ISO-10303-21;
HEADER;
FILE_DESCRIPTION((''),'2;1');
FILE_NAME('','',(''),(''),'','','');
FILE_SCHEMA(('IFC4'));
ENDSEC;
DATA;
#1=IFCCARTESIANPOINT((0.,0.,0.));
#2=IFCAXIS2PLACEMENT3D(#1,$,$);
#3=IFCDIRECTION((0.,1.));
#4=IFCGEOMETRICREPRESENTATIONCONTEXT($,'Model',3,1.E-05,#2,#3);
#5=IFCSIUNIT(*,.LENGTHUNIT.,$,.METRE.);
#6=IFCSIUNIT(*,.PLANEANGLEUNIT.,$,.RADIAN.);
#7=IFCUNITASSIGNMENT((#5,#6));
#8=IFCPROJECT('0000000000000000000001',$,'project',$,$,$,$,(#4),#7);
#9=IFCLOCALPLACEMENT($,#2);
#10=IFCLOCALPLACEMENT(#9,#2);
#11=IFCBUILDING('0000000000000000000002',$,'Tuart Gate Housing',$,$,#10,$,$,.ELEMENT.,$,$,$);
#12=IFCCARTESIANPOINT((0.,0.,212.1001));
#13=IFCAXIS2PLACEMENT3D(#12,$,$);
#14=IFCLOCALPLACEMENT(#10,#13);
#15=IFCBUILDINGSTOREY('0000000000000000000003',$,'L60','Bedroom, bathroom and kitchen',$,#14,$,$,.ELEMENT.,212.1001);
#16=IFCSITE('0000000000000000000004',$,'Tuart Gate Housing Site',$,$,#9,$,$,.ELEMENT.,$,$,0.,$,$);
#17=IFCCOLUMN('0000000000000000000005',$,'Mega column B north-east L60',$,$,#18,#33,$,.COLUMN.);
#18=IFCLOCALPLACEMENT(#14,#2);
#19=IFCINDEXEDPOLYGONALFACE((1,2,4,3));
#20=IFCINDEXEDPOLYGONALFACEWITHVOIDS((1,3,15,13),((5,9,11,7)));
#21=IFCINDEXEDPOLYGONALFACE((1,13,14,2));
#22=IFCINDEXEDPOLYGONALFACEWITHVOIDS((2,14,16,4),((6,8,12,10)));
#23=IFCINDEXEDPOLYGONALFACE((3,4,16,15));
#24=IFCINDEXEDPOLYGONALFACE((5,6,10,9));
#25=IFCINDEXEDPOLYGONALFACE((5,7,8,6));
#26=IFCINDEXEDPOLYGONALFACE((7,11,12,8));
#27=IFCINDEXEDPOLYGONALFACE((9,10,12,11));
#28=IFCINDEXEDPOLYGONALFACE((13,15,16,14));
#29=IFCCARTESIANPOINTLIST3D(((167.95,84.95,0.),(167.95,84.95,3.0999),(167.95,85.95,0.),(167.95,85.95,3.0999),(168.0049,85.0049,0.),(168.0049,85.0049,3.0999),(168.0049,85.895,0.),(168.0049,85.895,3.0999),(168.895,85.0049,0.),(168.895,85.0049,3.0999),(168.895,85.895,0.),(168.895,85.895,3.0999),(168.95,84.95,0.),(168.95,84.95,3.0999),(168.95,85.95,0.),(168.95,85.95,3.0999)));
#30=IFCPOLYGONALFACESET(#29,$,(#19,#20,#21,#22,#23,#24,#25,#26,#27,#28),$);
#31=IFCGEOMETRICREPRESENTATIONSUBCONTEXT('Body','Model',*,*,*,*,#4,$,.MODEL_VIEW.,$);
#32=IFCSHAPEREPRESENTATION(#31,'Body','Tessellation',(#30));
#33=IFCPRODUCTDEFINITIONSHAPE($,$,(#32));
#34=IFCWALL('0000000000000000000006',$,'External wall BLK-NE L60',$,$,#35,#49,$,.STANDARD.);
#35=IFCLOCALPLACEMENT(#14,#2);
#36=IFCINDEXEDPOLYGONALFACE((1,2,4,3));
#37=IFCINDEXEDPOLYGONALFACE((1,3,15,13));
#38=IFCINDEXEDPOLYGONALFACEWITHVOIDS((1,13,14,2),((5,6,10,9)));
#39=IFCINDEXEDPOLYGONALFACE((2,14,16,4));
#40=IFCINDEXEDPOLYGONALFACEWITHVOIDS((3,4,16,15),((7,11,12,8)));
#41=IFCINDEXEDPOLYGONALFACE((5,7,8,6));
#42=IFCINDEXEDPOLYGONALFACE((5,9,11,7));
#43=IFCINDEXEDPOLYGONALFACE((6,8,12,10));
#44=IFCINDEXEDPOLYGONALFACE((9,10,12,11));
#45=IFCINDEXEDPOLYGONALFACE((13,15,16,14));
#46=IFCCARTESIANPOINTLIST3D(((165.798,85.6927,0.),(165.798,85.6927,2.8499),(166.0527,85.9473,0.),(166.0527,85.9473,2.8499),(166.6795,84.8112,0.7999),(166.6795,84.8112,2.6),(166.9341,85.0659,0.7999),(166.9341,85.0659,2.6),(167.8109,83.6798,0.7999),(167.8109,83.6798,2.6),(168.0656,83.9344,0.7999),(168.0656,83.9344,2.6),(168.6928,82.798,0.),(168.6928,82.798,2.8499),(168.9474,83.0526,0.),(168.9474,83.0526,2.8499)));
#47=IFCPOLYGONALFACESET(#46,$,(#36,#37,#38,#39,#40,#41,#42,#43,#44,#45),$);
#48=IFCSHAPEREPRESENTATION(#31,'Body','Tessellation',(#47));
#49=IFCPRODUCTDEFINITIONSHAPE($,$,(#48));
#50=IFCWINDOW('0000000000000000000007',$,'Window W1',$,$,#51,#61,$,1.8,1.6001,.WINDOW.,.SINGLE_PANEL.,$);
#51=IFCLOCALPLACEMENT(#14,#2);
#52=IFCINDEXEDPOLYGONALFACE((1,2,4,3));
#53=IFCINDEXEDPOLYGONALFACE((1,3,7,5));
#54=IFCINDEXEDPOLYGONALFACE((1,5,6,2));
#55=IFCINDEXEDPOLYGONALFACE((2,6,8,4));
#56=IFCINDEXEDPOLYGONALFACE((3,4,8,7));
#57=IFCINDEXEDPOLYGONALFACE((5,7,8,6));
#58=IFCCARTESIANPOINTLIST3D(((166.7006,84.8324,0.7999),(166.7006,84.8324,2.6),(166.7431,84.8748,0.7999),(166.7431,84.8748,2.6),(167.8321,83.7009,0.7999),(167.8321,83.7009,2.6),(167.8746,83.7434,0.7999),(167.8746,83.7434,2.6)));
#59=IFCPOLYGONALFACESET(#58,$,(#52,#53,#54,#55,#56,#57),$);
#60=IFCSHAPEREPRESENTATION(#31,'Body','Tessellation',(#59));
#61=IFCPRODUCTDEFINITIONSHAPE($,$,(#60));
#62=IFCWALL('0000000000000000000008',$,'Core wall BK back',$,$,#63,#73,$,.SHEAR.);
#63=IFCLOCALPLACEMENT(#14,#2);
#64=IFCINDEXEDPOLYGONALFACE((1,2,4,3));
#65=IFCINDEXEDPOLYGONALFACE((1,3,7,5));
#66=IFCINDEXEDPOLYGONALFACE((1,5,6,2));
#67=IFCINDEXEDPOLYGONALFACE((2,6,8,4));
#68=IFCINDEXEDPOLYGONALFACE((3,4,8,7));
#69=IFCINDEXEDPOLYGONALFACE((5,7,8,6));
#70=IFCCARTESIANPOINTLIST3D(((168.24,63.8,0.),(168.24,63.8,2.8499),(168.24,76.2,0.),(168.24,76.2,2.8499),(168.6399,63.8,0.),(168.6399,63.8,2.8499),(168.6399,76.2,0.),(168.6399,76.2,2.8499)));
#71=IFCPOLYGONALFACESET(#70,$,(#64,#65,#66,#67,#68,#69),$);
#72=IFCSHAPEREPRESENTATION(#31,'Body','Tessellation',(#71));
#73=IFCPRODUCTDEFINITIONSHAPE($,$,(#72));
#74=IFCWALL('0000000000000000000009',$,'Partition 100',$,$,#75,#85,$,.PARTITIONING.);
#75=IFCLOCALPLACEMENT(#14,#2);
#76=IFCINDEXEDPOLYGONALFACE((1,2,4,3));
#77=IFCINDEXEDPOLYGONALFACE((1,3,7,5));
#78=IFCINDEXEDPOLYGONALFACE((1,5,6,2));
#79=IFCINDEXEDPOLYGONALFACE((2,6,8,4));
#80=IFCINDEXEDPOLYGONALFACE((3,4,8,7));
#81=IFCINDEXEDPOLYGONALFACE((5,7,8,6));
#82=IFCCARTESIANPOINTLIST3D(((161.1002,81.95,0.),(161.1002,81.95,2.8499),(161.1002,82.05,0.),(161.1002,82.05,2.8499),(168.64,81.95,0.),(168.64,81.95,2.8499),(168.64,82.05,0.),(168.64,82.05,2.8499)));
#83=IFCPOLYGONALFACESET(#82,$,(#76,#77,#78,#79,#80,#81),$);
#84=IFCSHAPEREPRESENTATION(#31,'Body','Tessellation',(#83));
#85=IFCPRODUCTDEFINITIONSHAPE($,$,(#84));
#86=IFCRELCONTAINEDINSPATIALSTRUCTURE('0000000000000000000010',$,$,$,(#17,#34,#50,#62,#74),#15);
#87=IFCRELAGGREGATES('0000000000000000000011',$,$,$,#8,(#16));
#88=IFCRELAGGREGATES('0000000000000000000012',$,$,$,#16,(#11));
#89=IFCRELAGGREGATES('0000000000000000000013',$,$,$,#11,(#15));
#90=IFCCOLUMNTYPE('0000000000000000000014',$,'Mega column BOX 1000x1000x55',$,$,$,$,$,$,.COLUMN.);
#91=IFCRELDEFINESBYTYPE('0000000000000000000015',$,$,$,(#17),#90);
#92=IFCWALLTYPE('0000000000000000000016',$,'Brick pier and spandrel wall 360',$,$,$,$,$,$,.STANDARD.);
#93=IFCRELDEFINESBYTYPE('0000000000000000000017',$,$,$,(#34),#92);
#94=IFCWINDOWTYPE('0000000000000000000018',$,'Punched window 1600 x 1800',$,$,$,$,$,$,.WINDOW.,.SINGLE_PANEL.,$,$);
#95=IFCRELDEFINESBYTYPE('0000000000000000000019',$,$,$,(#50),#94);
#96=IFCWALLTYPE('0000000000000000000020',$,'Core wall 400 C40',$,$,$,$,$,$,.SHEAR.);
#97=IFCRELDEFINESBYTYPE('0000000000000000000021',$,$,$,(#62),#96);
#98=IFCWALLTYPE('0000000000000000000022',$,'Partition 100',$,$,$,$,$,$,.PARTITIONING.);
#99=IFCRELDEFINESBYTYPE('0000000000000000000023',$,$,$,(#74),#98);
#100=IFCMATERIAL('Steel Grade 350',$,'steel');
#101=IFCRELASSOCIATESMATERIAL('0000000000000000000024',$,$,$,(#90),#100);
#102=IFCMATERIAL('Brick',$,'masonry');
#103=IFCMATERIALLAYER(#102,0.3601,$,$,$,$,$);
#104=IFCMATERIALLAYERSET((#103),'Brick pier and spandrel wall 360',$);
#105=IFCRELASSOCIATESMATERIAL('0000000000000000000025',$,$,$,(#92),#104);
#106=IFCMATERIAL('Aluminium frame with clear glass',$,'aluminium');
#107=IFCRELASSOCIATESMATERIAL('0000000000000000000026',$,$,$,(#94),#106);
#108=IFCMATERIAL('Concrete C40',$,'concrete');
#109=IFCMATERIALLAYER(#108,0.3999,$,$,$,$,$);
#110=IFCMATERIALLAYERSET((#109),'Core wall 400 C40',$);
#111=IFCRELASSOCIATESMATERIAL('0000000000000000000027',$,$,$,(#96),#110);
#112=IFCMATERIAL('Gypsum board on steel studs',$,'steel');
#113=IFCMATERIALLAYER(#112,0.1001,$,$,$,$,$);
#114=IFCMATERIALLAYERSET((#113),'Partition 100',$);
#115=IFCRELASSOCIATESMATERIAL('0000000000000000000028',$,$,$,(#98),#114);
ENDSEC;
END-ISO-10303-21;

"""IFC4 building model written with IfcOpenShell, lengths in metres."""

from ifc_helpers import new_model, si_unit, direction, frame, frame_2d, origin, origin_2d, place, context, subcontext, project, spatial, rectangle, hollow_rectangle, extrude, material, layer, layer_set, material_profile, profile_set, type_object, element, fill, save


model = new_model("IFC4")

# Units and contexts
model_context = context("Model", 3, precision=1e-05, world=origin(), true_north=direction((0.0, 1.0)))
body_context = subcontext(model_context, "Body", "Model", "MODEL_VIEW")
ifc_project = project(units=[si_unit("LENGTHUNIT", "METRE"), si_unit("PLANEANGLEUNIT", "RADIAN")], contexts=[model_context])

# Site, building, storey
site_placement = place(None, origin())
site = spatial("IfcSite", under=ifc_project, at=site_placement, Name="Tuart Gate Housing Site", CompositionType="ELEMENT", RefElevation=0.0)
building_placement = place(site_placement, origin())
building = spatial("IfcBuilding", under=site, at=building_placement, Name="Tuart Gate Housing", CompositionType="ELEMENT")
storey_placement = place(building_placement, frame((0.0, 0.0, 212.1001)))
storey = spatial("IfcBuildingStorey", under=building, at=storey_placement, Name="L60", Description="Bedroom, bathroom and kitchen", CompositionType="ELEMENT", Elevation=212.1001)

# Column
ifc_material_1 = material(Name="Steel Grade 350", Category="steel")
ifc_material_profile = material_profile(ifc_material_1, hollow_rectangle(XDim=1.0, YDim=1.0, WallThickness=0.0549, at=origin_2d()), Name="BOX 1000x1000x55")
ifc_profile_set = profile_set([ifc_material_profile], Name="Steel Grade 350")
column_type = type_object("IfcColumnType", Name="Mega column BOX 1000x1000x55", PredefinedType="COLUMN", material=ifc_profile_set)
column_placement = place(storey_placement, frame((168.45, 85.45, 0.0), z_axis=(0.0, 0.0, 1.0), x_axis=(1.0, 0.0, 0.0)))
element("IfcColumn", 1, at=column_placement, inside=storey, type_object=column_type, Name="Mega column B north-east L60", PredefinedType="COLUMN", context=body_context, shape_type="SweptSolid", body=[
    extrude(hollow_rectangle(XDim=1.0, YDim=1.0, WallThickness=0.0549, at=origin_2d()), origin(), (0.0, 0.0, 1.0), 3.0999),
])

# Wall, opening, window
ifc_material_2 = material(Name="Brick", Category="masonry")
ifc_layer_1 = layer(ifc_material_2, 0.3601)
ifc_layer_set_1 = layer_set([ifc_layer_1], Name="Brick pier and spandrel wall 360")
wall_type_1 = type_object("IfcWallType", Name="Brick pier and spandrel wall 360", PredefinedType="STANDARD", material=ifc_layer_set_1)
wall_1_placement = place(storey_placement, frame((168.8201, 82.9253, 0.0), z_axis=(0.0, 0.0, 1.0), x_axis=(-0.707107, 0.707107, 0.0)))
wall_1 = element("IfcWall", 2, at=wall_1_placement, inside=storey, type_object=wall_type_1, Name="External wall BLK-NE L60", PredefinedType="STANDARD", context=body_context, shape_type="SweptSolid", body=[
    extrude(rectangle(XDim=4.0938, YDim=0.3601, at=frame_2d((2.0469, 0.0))), origin(), (0.0, 0.0, 1.0), 2.8499),
])
opening_1_placement = place(wall_1_placement, frame((1.2471, 0.0, 0.8)))
opening_1 = element("IfcOpeningElement", 3, at=opening_1_placement, cuts=wall_1, PredefinedType="OPENING", context=body_context, shape_type="SweptSolid", body=[
    extrude(rectangle(XDim=1.6001, YDim=1.8, at=frame_2d((0.8, 0.8999))), frame((0.0, 0.1899, 0.0), z_axis=(0.0, -1.0, 0.0), x_axis=(1.0, 0.0, 0.0)), (0.0, 0.0, 1.0), 0.3801),
])
ifc_material_3 = material(Name="Aluminium frame with clear glass", Category="aluminium")
window_type_1 = type_object("IfcWindowType", Name="Punched window 1600 x 1800", PartitioningType="SINGLE_PANEL", PredefinedType="WINDOW", material=ifc_material_3)
window_1_placement = place(opening_1_placement, origin())
window_1 = element("IfcWindow", 4, at=window_1_placement, inside=storey, type_object=window_type_1, Name="Window W1", OverallHeight=1.8, OverallWidth=1.6001, PartitioningType="SINGLE_PANEL", PredefinedType="WINDOW", context=body_context, shape_type="SweptSolid", body=[
    extrude(rectangle(XDim=1.6001, YDim=1.8, at=frame_2d((0.8, 0.8999))), frame((0.0, 0.1501, 0.0), z_axis=(0.0, -1.0, 0.0), x_axis=(1.0, 0.0, 0.0)), (0.0, 0.0, 1.0), 0.0601),
])
fill(opening_1, window_1)

# Walls
ifc_material_4 = material(Name="Concrete C40", Category="concrete")
ifc_layer_2 = layer(ifc_material_4, 0.3999)
ifc_layer_set_2 = layer_set([ifc_layer_2], Name="Core wall 400 C40")
wall_type_2 = type_object("IfcWallType", Name="Core wall 400 C40", PredefinedType="SHEAR", material=ifc_layer_set_2)
wall_2_placement = place(storey_placement, frame((168.4399, 76.2, 0.0), z_axis=(0.0, 0.0, 1.0), x_axis=(0.0, -1.0, 0.0)))
element("IfcWall", 5, at=wall_2_placement, inside=storey, type_object=wall_type_2, Name="Core wall BK back", PredefinedType="SHEAR", context=body_context, shape_type="SweptSolid", body=[
    extrude(rectangle(XDim=12.3999, YDim=0.3999, at=frame_2d((6.2, 0.0))), origin(), (0.0, 0.0, 1.0), 2.8499),
])
ifc_material_5 = material(Name="Gypsum board on steel studs", Category="steel")
ifc_layer_3 = layer(ifc_material_5, 0.1001)
ifc_layer_set_3 = layer_set([ifc_layer_3], Name="Partition 100")
wall_type_3 = type_object("IfcWallType", Name="Partition 100", PredefinedType="PARTITIONING", material=ifc_layer_set_3)
wall_3_placement = place(storey_placement, frame((161.1001, 82.0, 0.0), z_axis=(0.0, 0.0, 1.0), x_axis=(1.0, 0.0, 0.0)))
element("IfcWall", 6, at=wall_3_placement, inside=storey, type_object=wall_type_3, Name="Partition 100", PredefinedType="PARTITIONING", context=body_context, shape_type="SweptSolid", body=[
    extrude(rectangle(XDim=7.5398, YDim=0.1001, at=frame_2d((3.77, 0.0))), origin(), (0.0, 0.0, 1.0), 2.8499),
])

save(model, "model.ifc")
